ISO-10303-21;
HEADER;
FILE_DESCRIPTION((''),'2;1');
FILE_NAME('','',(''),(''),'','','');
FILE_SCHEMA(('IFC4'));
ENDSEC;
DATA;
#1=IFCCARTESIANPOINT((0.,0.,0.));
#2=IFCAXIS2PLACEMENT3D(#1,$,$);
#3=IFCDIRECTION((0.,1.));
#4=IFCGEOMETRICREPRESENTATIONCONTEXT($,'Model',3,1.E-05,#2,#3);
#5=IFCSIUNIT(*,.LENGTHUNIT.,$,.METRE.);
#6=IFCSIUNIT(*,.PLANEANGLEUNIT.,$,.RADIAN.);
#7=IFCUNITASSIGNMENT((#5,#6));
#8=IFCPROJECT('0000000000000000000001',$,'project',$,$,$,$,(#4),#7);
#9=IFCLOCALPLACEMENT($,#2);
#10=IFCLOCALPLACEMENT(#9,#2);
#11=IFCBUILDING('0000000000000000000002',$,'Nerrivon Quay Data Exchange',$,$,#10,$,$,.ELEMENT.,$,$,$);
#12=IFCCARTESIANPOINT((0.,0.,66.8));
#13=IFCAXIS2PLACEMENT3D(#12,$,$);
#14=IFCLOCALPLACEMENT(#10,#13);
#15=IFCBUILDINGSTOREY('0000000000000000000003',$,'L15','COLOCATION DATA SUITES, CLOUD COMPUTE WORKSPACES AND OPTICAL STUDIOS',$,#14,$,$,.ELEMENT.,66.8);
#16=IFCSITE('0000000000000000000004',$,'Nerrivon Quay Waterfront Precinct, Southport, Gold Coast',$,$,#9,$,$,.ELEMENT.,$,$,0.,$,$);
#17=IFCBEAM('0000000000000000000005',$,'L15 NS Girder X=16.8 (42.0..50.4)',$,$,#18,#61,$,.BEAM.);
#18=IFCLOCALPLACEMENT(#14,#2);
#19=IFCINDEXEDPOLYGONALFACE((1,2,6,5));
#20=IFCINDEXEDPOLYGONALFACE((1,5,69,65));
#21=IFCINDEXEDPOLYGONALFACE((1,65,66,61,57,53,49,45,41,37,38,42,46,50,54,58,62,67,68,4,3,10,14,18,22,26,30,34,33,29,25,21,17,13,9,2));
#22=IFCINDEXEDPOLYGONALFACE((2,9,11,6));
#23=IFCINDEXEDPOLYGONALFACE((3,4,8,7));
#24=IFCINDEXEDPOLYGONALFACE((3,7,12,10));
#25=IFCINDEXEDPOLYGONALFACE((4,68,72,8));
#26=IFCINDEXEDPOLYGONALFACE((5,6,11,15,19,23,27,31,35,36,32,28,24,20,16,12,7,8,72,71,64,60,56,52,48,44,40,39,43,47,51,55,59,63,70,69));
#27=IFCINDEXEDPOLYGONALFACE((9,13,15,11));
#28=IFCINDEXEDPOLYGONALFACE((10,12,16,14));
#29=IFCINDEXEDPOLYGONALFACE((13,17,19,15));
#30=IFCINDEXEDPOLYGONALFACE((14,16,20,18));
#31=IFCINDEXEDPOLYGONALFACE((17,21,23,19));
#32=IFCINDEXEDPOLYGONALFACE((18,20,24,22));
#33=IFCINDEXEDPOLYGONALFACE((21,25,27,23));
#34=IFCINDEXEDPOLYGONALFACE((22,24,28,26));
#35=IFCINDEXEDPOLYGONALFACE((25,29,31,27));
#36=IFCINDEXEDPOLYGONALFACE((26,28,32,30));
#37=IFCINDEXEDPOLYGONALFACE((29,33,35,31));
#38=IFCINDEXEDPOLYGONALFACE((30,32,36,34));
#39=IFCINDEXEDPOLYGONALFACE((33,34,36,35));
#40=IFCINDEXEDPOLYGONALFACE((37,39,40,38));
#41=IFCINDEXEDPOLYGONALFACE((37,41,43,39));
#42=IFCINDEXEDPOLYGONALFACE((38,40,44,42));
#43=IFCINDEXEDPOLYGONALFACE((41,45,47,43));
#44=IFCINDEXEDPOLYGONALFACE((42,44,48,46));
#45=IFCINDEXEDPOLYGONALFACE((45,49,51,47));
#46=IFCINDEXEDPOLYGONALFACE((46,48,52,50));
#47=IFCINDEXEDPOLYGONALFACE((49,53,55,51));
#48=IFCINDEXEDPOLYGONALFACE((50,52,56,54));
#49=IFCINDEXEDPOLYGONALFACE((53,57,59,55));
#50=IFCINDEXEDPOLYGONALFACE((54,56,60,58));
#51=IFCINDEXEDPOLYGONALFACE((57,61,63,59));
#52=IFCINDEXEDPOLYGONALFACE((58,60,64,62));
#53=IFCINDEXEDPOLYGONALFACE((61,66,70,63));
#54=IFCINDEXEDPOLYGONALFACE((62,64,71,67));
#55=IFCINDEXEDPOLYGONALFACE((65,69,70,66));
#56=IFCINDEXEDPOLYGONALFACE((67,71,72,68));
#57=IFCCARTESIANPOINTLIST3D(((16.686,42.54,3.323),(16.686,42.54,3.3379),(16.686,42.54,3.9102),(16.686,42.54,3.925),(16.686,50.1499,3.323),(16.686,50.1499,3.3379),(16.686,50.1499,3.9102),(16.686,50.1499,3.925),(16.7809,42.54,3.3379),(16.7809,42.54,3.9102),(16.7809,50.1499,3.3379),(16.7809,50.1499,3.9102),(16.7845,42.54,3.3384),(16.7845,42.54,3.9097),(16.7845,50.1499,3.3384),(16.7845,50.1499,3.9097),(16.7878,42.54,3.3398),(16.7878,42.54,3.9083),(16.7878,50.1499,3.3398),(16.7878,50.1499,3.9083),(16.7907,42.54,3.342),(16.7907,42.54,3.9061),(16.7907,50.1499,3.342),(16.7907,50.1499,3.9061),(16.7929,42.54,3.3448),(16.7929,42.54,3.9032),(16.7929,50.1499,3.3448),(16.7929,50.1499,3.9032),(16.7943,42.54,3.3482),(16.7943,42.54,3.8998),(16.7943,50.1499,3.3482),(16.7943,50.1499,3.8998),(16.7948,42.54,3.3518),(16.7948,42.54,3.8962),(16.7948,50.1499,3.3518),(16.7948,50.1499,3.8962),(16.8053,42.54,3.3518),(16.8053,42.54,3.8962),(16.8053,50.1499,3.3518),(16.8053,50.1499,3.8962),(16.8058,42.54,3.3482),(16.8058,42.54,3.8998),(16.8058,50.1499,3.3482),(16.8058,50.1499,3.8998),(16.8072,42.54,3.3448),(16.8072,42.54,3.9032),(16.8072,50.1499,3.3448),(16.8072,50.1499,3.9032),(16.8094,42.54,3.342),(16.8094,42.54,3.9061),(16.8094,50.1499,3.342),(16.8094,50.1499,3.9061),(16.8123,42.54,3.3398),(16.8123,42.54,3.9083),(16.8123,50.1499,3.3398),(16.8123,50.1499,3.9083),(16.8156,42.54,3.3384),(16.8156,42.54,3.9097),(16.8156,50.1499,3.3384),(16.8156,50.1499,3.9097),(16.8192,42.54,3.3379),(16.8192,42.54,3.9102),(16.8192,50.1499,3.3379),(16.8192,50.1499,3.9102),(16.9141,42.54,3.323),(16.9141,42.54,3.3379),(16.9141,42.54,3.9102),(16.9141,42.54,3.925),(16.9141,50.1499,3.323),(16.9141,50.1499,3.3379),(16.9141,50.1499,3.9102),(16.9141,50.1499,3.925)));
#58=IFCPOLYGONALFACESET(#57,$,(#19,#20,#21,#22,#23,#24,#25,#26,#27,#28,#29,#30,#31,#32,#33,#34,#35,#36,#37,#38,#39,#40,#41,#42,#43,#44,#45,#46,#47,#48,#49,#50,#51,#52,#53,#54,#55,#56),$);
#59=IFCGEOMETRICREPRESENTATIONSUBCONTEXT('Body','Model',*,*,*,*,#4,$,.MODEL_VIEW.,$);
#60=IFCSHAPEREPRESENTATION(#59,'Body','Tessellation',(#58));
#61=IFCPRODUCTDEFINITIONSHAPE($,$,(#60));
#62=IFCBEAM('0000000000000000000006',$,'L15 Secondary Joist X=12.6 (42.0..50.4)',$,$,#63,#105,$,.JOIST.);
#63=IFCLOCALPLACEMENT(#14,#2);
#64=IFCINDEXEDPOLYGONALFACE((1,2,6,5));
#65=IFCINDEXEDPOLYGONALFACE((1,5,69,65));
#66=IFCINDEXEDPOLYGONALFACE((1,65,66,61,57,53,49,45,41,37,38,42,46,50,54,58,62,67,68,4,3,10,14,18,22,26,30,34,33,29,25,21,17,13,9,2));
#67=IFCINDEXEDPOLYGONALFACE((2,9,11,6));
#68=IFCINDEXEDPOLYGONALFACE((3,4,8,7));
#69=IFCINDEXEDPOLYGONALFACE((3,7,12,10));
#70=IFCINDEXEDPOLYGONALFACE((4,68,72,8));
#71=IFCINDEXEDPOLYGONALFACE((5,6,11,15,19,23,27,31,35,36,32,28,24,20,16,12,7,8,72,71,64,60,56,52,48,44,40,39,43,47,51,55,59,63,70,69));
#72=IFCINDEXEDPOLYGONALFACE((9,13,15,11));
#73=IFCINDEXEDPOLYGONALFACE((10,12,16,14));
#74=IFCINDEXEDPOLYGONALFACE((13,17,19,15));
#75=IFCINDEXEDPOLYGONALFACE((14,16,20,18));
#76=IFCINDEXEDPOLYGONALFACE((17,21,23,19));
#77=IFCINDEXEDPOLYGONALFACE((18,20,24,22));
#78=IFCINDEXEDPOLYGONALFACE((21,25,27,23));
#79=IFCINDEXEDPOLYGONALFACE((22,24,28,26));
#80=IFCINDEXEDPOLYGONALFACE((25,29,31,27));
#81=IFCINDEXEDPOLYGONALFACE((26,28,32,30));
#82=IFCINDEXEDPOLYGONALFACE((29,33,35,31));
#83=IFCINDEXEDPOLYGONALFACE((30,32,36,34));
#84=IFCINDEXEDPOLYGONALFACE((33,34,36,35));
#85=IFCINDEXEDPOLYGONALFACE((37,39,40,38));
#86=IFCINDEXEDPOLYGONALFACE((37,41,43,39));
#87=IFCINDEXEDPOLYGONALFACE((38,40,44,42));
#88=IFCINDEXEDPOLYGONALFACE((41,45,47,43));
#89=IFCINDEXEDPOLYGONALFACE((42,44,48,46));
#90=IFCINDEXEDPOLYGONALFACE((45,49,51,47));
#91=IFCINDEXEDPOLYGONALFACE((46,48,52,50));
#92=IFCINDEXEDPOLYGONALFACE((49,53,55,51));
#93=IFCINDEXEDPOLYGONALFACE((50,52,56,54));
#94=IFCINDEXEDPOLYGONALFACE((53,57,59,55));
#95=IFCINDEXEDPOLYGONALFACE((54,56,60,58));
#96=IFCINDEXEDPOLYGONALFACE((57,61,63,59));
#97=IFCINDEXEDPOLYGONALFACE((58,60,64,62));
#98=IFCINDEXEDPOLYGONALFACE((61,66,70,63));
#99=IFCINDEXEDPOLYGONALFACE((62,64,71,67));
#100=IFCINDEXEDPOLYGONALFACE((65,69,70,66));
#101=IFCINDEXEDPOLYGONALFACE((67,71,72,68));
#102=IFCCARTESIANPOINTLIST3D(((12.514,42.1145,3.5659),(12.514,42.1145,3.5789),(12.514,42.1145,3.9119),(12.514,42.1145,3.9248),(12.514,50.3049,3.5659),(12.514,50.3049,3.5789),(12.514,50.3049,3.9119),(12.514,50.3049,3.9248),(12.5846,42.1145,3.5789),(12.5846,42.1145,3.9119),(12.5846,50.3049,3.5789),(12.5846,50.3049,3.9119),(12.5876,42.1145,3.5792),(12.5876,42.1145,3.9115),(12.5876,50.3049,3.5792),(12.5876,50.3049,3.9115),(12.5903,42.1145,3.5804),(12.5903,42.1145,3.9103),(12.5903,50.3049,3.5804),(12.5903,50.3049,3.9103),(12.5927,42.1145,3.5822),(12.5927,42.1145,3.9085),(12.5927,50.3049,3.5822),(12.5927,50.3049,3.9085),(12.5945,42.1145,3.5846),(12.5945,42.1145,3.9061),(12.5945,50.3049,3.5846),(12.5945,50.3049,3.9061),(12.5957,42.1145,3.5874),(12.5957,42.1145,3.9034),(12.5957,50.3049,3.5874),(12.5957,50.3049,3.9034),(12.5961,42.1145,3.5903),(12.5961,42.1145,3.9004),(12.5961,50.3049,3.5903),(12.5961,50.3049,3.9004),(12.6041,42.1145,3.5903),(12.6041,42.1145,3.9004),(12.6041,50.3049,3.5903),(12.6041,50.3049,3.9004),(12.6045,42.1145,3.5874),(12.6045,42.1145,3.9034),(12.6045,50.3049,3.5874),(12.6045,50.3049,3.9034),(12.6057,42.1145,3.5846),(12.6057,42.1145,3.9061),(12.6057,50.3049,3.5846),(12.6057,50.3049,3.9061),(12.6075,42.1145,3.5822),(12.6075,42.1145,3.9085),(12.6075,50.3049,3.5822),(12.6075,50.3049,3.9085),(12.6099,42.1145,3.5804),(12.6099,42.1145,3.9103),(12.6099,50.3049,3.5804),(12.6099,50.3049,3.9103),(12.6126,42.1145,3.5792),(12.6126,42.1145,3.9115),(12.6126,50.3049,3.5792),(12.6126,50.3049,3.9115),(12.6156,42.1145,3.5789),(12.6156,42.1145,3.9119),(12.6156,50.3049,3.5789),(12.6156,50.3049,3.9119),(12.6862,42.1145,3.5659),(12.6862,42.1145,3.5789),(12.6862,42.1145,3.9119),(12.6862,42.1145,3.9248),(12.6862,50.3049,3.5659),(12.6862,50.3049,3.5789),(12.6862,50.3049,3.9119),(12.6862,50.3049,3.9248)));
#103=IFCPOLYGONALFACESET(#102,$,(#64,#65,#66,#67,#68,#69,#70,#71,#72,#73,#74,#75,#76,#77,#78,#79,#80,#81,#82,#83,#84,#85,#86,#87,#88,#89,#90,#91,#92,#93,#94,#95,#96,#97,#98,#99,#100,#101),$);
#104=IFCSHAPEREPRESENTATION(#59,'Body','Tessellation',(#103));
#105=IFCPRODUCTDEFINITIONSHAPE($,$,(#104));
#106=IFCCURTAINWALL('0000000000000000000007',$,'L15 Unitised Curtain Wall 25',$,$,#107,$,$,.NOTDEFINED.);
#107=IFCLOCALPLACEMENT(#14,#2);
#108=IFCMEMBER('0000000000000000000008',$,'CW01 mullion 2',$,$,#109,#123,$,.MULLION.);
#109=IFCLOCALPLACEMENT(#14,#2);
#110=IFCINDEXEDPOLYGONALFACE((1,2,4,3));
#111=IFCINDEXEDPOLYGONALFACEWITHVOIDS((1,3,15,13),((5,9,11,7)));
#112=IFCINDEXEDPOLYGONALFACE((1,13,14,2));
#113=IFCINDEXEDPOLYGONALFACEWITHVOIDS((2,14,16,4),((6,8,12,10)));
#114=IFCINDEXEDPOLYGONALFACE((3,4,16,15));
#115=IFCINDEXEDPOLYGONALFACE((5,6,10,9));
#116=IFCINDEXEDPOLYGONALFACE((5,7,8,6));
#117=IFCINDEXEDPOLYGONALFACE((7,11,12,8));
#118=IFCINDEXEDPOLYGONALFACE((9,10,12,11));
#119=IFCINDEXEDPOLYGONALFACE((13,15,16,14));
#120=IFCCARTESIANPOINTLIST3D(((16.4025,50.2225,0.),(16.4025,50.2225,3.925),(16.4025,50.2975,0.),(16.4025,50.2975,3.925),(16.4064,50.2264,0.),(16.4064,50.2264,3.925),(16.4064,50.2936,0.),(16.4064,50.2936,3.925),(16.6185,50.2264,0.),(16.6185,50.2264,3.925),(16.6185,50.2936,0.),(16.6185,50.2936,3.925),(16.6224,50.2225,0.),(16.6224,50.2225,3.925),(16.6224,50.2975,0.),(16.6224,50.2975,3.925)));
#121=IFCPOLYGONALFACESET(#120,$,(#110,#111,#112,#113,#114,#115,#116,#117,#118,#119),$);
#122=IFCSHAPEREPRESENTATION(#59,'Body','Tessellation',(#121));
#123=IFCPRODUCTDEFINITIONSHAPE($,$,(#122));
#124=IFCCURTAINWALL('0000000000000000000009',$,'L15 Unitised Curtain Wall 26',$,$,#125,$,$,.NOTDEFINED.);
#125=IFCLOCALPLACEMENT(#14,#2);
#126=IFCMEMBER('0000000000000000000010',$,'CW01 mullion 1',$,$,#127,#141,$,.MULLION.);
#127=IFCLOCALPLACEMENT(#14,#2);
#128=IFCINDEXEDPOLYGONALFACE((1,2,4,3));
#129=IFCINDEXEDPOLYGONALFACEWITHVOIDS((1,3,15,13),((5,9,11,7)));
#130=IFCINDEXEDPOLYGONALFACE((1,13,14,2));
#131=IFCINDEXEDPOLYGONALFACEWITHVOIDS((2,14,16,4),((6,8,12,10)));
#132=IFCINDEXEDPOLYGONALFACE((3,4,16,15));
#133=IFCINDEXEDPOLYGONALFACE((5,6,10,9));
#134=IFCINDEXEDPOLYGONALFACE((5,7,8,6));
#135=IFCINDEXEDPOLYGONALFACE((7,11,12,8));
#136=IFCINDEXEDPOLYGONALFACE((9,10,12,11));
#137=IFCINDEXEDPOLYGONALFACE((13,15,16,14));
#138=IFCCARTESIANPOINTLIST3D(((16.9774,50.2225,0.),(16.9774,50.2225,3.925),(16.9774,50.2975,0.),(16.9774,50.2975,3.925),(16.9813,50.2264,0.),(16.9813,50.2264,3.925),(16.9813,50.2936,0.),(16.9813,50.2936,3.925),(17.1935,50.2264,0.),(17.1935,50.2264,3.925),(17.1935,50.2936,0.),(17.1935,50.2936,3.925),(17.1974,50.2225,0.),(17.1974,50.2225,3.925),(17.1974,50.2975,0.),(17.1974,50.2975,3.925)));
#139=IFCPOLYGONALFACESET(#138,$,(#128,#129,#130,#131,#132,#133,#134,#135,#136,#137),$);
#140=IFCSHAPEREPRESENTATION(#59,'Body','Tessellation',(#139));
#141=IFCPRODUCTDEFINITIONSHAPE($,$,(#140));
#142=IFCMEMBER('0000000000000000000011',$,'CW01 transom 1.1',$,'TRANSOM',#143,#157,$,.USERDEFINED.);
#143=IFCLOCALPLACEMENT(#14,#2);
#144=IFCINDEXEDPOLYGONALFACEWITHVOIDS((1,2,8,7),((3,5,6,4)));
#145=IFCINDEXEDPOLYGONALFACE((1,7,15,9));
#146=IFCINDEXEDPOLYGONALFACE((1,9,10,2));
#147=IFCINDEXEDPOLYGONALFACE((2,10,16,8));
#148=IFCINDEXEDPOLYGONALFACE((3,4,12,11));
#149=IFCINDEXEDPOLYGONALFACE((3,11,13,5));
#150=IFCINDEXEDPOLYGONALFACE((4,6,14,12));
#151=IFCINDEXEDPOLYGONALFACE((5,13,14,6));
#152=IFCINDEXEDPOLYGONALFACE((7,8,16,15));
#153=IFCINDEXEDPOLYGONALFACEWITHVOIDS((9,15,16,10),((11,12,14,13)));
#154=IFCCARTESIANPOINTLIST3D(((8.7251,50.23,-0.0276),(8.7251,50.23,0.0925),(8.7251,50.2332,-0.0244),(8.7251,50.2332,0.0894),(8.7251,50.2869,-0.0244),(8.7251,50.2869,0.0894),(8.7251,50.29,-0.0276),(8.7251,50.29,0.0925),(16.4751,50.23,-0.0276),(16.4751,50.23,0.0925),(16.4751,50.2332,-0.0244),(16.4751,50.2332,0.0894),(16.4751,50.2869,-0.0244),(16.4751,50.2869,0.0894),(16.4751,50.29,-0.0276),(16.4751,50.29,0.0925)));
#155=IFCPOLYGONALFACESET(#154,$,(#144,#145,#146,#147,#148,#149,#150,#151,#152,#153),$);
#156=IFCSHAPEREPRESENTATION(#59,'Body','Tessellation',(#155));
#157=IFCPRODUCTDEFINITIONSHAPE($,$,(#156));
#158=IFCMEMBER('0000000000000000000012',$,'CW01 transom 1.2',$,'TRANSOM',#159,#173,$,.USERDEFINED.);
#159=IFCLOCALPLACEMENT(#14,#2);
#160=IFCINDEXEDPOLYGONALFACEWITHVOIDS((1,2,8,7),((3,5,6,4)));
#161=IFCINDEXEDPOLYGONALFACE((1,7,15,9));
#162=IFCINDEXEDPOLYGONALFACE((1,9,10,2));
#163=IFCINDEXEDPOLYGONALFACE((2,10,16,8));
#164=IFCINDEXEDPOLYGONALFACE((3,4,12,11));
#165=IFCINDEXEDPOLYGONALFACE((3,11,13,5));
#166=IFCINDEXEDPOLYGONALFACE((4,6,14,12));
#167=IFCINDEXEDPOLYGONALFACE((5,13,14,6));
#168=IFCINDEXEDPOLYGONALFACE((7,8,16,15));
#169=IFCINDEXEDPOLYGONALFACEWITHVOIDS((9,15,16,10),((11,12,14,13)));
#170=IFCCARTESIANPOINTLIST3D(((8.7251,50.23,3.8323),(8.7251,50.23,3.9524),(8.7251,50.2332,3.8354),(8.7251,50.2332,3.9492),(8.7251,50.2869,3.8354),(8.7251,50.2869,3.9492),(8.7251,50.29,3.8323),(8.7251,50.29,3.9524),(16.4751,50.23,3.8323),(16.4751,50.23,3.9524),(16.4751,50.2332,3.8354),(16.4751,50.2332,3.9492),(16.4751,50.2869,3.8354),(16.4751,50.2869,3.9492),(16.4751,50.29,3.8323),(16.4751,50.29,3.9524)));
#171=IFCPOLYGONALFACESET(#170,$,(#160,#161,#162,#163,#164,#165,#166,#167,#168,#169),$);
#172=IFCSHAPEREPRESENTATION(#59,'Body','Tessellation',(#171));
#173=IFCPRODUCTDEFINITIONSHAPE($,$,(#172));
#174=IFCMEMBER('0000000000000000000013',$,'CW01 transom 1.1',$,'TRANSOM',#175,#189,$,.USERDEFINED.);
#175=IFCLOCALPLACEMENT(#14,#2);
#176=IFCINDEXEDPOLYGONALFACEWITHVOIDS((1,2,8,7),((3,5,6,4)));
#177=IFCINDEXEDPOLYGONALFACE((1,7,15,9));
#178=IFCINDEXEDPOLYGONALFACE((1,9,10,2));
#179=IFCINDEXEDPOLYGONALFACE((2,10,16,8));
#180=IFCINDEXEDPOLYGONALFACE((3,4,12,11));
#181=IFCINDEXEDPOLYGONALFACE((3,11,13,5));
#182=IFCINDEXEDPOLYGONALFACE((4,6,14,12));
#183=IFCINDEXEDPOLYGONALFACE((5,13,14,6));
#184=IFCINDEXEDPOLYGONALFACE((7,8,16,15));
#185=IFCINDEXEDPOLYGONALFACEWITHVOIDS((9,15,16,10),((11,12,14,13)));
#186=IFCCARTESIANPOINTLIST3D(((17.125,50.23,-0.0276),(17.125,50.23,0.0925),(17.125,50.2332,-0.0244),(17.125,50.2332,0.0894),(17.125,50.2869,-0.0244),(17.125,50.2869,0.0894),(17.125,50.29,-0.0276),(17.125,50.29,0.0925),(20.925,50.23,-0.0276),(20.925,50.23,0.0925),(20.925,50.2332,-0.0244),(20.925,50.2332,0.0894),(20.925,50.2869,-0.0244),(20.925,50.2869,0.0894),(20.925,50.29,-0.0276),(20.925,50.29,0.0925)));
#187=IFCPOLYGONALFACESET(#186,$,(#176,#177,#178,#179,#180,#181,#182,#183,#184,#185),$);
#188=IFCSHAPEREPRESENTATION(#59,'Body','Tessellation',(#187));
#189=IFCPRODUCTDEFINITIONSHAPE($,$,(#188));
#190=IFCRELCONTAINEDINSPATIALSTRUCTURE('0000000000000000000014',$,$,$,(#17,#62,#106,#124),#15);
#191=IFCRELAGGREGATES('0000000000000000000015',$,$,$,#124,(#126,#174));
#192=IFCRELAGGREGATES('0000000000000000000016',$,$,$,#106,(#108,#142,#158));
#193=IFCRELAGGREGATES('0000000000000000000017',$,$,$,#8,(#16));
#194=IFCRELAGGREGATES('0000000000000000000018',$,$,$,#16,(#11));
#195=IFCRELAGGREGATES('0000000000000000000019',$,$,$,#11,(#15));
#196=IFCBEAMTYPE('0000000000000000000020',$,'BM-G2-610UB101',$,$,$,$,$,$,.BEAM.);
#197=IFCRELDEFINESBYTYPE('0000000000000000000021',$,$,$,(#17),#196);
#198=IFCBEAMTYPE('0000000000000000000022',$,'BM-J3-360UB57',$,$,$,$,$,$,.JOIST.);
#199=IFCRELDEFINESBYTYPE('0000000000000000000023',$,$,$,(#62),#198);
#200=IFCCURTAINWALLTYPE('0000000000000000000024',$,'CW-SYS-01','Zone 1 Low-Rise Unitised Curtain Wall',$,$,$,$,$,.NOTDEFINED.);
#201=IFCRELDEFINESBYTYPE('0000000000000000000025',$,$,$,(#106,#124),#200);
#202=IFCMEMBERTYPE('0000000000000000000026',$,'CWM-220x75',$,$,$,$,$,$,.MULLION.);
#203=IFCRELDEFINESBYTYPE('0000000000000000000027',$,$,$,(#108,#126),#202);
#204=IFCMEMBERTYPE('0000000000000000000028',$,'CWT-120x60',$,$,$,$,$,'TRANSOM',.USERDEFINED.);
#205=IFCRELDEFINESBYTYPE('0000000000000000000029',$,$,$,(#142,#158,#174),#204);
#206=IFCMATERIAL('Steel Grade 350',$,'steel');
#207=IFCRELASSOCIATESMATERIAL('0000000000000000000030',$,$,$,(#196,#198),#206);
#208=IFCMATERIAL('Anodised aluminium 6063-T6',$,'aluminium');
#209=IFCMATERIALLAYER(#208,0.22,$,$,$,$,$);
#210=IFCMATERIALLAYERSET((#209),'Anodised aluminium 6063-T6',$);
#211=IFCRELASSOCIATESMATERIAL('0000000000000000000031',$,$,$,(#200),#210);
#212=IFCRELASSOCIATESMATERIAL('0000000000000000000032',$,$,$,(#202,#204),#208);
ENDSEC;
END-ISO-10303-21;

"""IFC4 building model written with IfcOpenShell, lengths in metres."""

from ifc_helpers import new_model, si_unit, direction, frame, origin, origin_2d, place, context, subcontext, project, spatial, hollow_rectangle, i_section, extrude, material, layer, layer_set, material_profile, profile_set, type_object, element, aggregate, save


model = new_model("IFC4")

# Units and contexts
model_context = context("Model", 3, precision=1e-05, world=origin(), true_north=direction((0.0, 1.0)))
body_context = subcontext(model_context, "Body", "Model", "MODEL_VIEW")
ifc_project = project(units=[si_unit("LENGTHUNIT", "METRE"), si_unit("PLANEANGLEUNIT", "RADIAN")], contexts=[model_context])

# Site, building, storey
site_placement = place(None, origin())
site = spatial("IfcSite", under=ifc_project, at=site_placement, Name="Nerrivon Quay Waterfront Precinct, Southport, Gold Coast", CompositionType="ELEMENT", RefElevation=0.0)
building_placement = place(site_placement, origin())
building = spatial("IfcBuilding", under=site, at=building_placement, Name="Nerrivon Quay Data Exchange", CompositionType="ELEMENT")
storey_placement = place(building_placement, frame((0.0, 0.0, 66.8)))
storey = spatial("IfcBuildingStorey", under=building, at=storey_placement, Name="L15", Description="COLOCATION DATA SUITES, CLOUD COMPUTE WORKSPACES AND OPTICAL STUDIOS", CompositionType="ELEMENT", Elevation=66.8)

# Shared definitions
ifc_material_1 = material(Name="Steel Grade 350", Category="steel")

# Beams
ifc_material_profile_1 = material_profile(ifc_material_1, i_section(OverallWidth=0.228, OverallDepth=0.6021, WebThickness=0.0105, FlangeThickness=0.0149, FilletRadius=0.0139, at=origin_2d()), Name="610UB101")
ifc_profile_set_1 = profile_set([ifc_material_profile_1], Name="Steel Grade 350")
beam_type_1 = type_object("IfcBeamType", Name="BM-G2-610UB101", PredefinedType="BEAM", material=ifc_profile_set_1)
beam_1_placement = place(storey_placement, frame((16.8, 42.54, 3.624), z_axis=(0.0, 1.0, 0.0), x_axis=(-1.0, 0.0, 0.0)))
element("IfcBeam", 1, at=beam_1_placement, inside=storey, type_object=beam_type_1, Name="L15 NS Girder X=16.8 (42.0..50.4)", PredefinedType="BEAM", context=body_context, shape_type="SweptSolid", body=[
    extrude(i_section(OverallWidth=0.228, OverallDepth=0.6021, WebThickness=0.0105, FlangeThickness=0.0149, FilletRadius=0.0139, at=origin_2d()), origin(), (0.0, 0.0, 1.0), 7.6099),
])
ifc_material_profile_2 = material_profile(ifc_material_1, i_section(OverallWidth=0.1721, OverallDepth=0.3589, WebThickness=0.0081, FlangeThickness=0.0129, FilletRadius=0.0115, at=origin_2d()), Name="360UB56.7")
ifc_profile_set_2 = profile_set([ifc_material_profile_2], Name="Steel Grade 350")
beam_type_2 = type_object("IfcBeamType", Name="BM-J3-360UB57", PredefinedType="JOIST", material=ifc_profile_set_2)
beam_2_placement = place(storey_placement, frame((12.6001, 42.1145, 3.7454), z_axis=(0.0, 1.0, 0.0), x_axis=(-1.0, 0.0, 0.0)))
element("IfcBeam", 2, at=beam_2_placement, inside=storey, type_object=beam_type_2, Name="L15 Secondary Joist X=12.6 (42.0..50.4)", PredefinedType="JOIST", context=body_context, shape_type="SweptSolid", body=[
    extrude(i_section(OverallWidth=0.1721, OverallDepth=0.3589, WebThickness=0.0081, FlangeThickness=0.0129, FilletRadius=0.0115, at=origin_2d()), origin(), (0.0, 0.0, 1.0), 8.1904),
])

# Curtain walls, members
ifc_material_2 = material(Name="Anodised aluminium 6063-T6", Category="aluminium")
ifc_layer_1 = layer(ifc_material_2, 0.22)
ifc_layer_set_1 = layer_set([ifc_layer_1], Name="Anodised aluminium 6063-T6")
curtain_wall_type = type_object("IfcCurtainWallType", Name="CW-SYS-01", Description="Zone 1 Low-Rise Unitised Curtain Wall", PredefinedType="NOTDEFINED", material=ifc_layer_set_1)
curtain_wall_1_placement = place(storey_placement, origin())
curtain_wall_1 = element("IfcCurtainWall", 3, at=curtain_wall_1_placement, inside=storey, type_object=curtain_wall_type, Name="L15 Unitised Curtain Wall 25", PredefinedType="NOTDEFINED")
ifc_material_profile_3 = material_profile(ifc_material_2, hollow_rectangle(XDim=0.075, YDim=0.22, WallThickness=0.0039, at=origin_2d()), Name="ALU-MULL-220x75")
ifc_profile_set_3 = profile_set([ifc_material_profile_3], Name="Anodised aluminium 6063-T6")
member_type_1 = type_object("IfcMemberType", Name="CWM-220x75", PredefinedType="MULLION", material=ifc_profile_set_3)
member_1_placement = place(storey_placement, frame((16.5125, 50.26, 0.0), z_axis=(0.0, 0.0, 1.0), x_axis=(0.0, 1.0, 0.0)))
member_1 = element("IfcMember", 4, at=member_1_placement, type_object=member_type_1, Name="CW01 mullion 2", PredefinedType="MULLION", context=body_context, shape_type="SweptSolid", body=[
    extrude(hollow_rectangle(XDim=0.075, YDim=0.22, WallThickness=0.0039, at=origin_2d()), origin(), (0.0, 0.0, 1.0), 3.925),
])
curtain_wall_2_placement = place(storey_placement, origin())
curtain_wall_2 = element("IfcCurtainWall", 5, at=curtain_wall_2_placement, inside=storey, type_object=curtain_wall_type, Name="L15 Unitised Curtain Wall 26", PredefinedType="NOTDEFINED")
member_2_placement = place(storey_placement, frame((17.0874, 50.26, 0.0), z_axis=(0.0, 0.0, 1.0), x_axis=(0.0, 1.0, 0.0)))
member_2 = element("IfcMember", 6, at=member_2_placement, type_object=member_type_1, Name="CW01 mullion 1", PredefinedType="MULLION", context=body_context, shape_type="SweptSolid", body=[
    extrude(hollow_rectangle(XDim=0.075, YDim=0.22, WallThickness=0.0039, at=origin_2d()), origin(), (0.0, 0.0, 1.0), 3.925),
])

# Members
ifc_material_profile_4 = material_profile(ifc_material_2, hollow_rectangle(XDim=0.0601, YDim=0.1201, WallThickness=0.0032, at=origin_2d()), Name="ALU-TRAN-120x60")
ifc_profile_set_4 = profile_set([ifc_material_profile_4], Name="Anodised aluminium 6063-T6")
member_type_2 = type_object("IfcMemberType", Name="CWT-120x60", ElementType="TRANSOM", PredefinedType="USERDEFINED", material=ifc_profile_set_4)
member_3_placement = place(storey_placement, frame((8.7251, 50.26, 0.0325), z_axis=(1.0, 0.0, 0.0), x_axis=(0.0, 1.0, 0.0)))
member_3 = element("IfcMember", 7, at=member_3_placement, type_object=member_type_2, Name="CW01 transom 1.1", ObjectType="TRANSOM", PredefinedType="USERDEFINED", context=body_context, shape_type="SweptSolid", body=[
    extrude(hollow_rectangle(XDim=0.0601, YDim=0.1201, WallThickness=0.0032, at=origin_2d()), origin(), (0.0, 0.0, 1.0), 7.75),
])
member_4_placement = place(storey_placement, frame((8.7251, 50.26, 3.8923), z_axis=(1.0, 0.0, 0.0), x_axis=(0.0, 1.0, 0.0)))
member_4 = element("IfcMember", 8, at=member_4_placement, type_object=member_type_2, Name="CW01 transom 1.2", ObjectType="TRANSOM", PredefinedType="USERDEFINED", context=body_context, shape_type="SweptSolid", body=[
    extrude(hollow_rectangle(XDim=0.0601, YDim=0.1201, WallThickness=0.0032, at=origin_2d()), origin(), (0.0, 0.0, 1.0), 7.75),
])
member_5_placement = place(storey_placement, frame((17.125, 50.26, 0.0325), z_axis=(1.0, 0.0, 0.0), x_axis=(0.0, 1.0, 0.0)))
member_5 = element("IfcMember", 9, at=member_5_placement, type_object=member_type_2, Name="CW01 transom 1.1", ObjectType="TRANSOM", PredefinedType="USERDEFINED", context=body_context, shape_type="SweptSolid", body=[
    extrude(hollow_rectangle(XDim=0.0601, YDim=0.1201, WallThickness=0.0032, at=origin_2d()), origin(), (0.0, 0.0, 1.0), 3.8),
])
aggregate(curtain_wall_2, [member_2, member_5])

aggregate(curtain_wall_1, [member_1, member_3, member_4])

save(model, "model.ifc")
